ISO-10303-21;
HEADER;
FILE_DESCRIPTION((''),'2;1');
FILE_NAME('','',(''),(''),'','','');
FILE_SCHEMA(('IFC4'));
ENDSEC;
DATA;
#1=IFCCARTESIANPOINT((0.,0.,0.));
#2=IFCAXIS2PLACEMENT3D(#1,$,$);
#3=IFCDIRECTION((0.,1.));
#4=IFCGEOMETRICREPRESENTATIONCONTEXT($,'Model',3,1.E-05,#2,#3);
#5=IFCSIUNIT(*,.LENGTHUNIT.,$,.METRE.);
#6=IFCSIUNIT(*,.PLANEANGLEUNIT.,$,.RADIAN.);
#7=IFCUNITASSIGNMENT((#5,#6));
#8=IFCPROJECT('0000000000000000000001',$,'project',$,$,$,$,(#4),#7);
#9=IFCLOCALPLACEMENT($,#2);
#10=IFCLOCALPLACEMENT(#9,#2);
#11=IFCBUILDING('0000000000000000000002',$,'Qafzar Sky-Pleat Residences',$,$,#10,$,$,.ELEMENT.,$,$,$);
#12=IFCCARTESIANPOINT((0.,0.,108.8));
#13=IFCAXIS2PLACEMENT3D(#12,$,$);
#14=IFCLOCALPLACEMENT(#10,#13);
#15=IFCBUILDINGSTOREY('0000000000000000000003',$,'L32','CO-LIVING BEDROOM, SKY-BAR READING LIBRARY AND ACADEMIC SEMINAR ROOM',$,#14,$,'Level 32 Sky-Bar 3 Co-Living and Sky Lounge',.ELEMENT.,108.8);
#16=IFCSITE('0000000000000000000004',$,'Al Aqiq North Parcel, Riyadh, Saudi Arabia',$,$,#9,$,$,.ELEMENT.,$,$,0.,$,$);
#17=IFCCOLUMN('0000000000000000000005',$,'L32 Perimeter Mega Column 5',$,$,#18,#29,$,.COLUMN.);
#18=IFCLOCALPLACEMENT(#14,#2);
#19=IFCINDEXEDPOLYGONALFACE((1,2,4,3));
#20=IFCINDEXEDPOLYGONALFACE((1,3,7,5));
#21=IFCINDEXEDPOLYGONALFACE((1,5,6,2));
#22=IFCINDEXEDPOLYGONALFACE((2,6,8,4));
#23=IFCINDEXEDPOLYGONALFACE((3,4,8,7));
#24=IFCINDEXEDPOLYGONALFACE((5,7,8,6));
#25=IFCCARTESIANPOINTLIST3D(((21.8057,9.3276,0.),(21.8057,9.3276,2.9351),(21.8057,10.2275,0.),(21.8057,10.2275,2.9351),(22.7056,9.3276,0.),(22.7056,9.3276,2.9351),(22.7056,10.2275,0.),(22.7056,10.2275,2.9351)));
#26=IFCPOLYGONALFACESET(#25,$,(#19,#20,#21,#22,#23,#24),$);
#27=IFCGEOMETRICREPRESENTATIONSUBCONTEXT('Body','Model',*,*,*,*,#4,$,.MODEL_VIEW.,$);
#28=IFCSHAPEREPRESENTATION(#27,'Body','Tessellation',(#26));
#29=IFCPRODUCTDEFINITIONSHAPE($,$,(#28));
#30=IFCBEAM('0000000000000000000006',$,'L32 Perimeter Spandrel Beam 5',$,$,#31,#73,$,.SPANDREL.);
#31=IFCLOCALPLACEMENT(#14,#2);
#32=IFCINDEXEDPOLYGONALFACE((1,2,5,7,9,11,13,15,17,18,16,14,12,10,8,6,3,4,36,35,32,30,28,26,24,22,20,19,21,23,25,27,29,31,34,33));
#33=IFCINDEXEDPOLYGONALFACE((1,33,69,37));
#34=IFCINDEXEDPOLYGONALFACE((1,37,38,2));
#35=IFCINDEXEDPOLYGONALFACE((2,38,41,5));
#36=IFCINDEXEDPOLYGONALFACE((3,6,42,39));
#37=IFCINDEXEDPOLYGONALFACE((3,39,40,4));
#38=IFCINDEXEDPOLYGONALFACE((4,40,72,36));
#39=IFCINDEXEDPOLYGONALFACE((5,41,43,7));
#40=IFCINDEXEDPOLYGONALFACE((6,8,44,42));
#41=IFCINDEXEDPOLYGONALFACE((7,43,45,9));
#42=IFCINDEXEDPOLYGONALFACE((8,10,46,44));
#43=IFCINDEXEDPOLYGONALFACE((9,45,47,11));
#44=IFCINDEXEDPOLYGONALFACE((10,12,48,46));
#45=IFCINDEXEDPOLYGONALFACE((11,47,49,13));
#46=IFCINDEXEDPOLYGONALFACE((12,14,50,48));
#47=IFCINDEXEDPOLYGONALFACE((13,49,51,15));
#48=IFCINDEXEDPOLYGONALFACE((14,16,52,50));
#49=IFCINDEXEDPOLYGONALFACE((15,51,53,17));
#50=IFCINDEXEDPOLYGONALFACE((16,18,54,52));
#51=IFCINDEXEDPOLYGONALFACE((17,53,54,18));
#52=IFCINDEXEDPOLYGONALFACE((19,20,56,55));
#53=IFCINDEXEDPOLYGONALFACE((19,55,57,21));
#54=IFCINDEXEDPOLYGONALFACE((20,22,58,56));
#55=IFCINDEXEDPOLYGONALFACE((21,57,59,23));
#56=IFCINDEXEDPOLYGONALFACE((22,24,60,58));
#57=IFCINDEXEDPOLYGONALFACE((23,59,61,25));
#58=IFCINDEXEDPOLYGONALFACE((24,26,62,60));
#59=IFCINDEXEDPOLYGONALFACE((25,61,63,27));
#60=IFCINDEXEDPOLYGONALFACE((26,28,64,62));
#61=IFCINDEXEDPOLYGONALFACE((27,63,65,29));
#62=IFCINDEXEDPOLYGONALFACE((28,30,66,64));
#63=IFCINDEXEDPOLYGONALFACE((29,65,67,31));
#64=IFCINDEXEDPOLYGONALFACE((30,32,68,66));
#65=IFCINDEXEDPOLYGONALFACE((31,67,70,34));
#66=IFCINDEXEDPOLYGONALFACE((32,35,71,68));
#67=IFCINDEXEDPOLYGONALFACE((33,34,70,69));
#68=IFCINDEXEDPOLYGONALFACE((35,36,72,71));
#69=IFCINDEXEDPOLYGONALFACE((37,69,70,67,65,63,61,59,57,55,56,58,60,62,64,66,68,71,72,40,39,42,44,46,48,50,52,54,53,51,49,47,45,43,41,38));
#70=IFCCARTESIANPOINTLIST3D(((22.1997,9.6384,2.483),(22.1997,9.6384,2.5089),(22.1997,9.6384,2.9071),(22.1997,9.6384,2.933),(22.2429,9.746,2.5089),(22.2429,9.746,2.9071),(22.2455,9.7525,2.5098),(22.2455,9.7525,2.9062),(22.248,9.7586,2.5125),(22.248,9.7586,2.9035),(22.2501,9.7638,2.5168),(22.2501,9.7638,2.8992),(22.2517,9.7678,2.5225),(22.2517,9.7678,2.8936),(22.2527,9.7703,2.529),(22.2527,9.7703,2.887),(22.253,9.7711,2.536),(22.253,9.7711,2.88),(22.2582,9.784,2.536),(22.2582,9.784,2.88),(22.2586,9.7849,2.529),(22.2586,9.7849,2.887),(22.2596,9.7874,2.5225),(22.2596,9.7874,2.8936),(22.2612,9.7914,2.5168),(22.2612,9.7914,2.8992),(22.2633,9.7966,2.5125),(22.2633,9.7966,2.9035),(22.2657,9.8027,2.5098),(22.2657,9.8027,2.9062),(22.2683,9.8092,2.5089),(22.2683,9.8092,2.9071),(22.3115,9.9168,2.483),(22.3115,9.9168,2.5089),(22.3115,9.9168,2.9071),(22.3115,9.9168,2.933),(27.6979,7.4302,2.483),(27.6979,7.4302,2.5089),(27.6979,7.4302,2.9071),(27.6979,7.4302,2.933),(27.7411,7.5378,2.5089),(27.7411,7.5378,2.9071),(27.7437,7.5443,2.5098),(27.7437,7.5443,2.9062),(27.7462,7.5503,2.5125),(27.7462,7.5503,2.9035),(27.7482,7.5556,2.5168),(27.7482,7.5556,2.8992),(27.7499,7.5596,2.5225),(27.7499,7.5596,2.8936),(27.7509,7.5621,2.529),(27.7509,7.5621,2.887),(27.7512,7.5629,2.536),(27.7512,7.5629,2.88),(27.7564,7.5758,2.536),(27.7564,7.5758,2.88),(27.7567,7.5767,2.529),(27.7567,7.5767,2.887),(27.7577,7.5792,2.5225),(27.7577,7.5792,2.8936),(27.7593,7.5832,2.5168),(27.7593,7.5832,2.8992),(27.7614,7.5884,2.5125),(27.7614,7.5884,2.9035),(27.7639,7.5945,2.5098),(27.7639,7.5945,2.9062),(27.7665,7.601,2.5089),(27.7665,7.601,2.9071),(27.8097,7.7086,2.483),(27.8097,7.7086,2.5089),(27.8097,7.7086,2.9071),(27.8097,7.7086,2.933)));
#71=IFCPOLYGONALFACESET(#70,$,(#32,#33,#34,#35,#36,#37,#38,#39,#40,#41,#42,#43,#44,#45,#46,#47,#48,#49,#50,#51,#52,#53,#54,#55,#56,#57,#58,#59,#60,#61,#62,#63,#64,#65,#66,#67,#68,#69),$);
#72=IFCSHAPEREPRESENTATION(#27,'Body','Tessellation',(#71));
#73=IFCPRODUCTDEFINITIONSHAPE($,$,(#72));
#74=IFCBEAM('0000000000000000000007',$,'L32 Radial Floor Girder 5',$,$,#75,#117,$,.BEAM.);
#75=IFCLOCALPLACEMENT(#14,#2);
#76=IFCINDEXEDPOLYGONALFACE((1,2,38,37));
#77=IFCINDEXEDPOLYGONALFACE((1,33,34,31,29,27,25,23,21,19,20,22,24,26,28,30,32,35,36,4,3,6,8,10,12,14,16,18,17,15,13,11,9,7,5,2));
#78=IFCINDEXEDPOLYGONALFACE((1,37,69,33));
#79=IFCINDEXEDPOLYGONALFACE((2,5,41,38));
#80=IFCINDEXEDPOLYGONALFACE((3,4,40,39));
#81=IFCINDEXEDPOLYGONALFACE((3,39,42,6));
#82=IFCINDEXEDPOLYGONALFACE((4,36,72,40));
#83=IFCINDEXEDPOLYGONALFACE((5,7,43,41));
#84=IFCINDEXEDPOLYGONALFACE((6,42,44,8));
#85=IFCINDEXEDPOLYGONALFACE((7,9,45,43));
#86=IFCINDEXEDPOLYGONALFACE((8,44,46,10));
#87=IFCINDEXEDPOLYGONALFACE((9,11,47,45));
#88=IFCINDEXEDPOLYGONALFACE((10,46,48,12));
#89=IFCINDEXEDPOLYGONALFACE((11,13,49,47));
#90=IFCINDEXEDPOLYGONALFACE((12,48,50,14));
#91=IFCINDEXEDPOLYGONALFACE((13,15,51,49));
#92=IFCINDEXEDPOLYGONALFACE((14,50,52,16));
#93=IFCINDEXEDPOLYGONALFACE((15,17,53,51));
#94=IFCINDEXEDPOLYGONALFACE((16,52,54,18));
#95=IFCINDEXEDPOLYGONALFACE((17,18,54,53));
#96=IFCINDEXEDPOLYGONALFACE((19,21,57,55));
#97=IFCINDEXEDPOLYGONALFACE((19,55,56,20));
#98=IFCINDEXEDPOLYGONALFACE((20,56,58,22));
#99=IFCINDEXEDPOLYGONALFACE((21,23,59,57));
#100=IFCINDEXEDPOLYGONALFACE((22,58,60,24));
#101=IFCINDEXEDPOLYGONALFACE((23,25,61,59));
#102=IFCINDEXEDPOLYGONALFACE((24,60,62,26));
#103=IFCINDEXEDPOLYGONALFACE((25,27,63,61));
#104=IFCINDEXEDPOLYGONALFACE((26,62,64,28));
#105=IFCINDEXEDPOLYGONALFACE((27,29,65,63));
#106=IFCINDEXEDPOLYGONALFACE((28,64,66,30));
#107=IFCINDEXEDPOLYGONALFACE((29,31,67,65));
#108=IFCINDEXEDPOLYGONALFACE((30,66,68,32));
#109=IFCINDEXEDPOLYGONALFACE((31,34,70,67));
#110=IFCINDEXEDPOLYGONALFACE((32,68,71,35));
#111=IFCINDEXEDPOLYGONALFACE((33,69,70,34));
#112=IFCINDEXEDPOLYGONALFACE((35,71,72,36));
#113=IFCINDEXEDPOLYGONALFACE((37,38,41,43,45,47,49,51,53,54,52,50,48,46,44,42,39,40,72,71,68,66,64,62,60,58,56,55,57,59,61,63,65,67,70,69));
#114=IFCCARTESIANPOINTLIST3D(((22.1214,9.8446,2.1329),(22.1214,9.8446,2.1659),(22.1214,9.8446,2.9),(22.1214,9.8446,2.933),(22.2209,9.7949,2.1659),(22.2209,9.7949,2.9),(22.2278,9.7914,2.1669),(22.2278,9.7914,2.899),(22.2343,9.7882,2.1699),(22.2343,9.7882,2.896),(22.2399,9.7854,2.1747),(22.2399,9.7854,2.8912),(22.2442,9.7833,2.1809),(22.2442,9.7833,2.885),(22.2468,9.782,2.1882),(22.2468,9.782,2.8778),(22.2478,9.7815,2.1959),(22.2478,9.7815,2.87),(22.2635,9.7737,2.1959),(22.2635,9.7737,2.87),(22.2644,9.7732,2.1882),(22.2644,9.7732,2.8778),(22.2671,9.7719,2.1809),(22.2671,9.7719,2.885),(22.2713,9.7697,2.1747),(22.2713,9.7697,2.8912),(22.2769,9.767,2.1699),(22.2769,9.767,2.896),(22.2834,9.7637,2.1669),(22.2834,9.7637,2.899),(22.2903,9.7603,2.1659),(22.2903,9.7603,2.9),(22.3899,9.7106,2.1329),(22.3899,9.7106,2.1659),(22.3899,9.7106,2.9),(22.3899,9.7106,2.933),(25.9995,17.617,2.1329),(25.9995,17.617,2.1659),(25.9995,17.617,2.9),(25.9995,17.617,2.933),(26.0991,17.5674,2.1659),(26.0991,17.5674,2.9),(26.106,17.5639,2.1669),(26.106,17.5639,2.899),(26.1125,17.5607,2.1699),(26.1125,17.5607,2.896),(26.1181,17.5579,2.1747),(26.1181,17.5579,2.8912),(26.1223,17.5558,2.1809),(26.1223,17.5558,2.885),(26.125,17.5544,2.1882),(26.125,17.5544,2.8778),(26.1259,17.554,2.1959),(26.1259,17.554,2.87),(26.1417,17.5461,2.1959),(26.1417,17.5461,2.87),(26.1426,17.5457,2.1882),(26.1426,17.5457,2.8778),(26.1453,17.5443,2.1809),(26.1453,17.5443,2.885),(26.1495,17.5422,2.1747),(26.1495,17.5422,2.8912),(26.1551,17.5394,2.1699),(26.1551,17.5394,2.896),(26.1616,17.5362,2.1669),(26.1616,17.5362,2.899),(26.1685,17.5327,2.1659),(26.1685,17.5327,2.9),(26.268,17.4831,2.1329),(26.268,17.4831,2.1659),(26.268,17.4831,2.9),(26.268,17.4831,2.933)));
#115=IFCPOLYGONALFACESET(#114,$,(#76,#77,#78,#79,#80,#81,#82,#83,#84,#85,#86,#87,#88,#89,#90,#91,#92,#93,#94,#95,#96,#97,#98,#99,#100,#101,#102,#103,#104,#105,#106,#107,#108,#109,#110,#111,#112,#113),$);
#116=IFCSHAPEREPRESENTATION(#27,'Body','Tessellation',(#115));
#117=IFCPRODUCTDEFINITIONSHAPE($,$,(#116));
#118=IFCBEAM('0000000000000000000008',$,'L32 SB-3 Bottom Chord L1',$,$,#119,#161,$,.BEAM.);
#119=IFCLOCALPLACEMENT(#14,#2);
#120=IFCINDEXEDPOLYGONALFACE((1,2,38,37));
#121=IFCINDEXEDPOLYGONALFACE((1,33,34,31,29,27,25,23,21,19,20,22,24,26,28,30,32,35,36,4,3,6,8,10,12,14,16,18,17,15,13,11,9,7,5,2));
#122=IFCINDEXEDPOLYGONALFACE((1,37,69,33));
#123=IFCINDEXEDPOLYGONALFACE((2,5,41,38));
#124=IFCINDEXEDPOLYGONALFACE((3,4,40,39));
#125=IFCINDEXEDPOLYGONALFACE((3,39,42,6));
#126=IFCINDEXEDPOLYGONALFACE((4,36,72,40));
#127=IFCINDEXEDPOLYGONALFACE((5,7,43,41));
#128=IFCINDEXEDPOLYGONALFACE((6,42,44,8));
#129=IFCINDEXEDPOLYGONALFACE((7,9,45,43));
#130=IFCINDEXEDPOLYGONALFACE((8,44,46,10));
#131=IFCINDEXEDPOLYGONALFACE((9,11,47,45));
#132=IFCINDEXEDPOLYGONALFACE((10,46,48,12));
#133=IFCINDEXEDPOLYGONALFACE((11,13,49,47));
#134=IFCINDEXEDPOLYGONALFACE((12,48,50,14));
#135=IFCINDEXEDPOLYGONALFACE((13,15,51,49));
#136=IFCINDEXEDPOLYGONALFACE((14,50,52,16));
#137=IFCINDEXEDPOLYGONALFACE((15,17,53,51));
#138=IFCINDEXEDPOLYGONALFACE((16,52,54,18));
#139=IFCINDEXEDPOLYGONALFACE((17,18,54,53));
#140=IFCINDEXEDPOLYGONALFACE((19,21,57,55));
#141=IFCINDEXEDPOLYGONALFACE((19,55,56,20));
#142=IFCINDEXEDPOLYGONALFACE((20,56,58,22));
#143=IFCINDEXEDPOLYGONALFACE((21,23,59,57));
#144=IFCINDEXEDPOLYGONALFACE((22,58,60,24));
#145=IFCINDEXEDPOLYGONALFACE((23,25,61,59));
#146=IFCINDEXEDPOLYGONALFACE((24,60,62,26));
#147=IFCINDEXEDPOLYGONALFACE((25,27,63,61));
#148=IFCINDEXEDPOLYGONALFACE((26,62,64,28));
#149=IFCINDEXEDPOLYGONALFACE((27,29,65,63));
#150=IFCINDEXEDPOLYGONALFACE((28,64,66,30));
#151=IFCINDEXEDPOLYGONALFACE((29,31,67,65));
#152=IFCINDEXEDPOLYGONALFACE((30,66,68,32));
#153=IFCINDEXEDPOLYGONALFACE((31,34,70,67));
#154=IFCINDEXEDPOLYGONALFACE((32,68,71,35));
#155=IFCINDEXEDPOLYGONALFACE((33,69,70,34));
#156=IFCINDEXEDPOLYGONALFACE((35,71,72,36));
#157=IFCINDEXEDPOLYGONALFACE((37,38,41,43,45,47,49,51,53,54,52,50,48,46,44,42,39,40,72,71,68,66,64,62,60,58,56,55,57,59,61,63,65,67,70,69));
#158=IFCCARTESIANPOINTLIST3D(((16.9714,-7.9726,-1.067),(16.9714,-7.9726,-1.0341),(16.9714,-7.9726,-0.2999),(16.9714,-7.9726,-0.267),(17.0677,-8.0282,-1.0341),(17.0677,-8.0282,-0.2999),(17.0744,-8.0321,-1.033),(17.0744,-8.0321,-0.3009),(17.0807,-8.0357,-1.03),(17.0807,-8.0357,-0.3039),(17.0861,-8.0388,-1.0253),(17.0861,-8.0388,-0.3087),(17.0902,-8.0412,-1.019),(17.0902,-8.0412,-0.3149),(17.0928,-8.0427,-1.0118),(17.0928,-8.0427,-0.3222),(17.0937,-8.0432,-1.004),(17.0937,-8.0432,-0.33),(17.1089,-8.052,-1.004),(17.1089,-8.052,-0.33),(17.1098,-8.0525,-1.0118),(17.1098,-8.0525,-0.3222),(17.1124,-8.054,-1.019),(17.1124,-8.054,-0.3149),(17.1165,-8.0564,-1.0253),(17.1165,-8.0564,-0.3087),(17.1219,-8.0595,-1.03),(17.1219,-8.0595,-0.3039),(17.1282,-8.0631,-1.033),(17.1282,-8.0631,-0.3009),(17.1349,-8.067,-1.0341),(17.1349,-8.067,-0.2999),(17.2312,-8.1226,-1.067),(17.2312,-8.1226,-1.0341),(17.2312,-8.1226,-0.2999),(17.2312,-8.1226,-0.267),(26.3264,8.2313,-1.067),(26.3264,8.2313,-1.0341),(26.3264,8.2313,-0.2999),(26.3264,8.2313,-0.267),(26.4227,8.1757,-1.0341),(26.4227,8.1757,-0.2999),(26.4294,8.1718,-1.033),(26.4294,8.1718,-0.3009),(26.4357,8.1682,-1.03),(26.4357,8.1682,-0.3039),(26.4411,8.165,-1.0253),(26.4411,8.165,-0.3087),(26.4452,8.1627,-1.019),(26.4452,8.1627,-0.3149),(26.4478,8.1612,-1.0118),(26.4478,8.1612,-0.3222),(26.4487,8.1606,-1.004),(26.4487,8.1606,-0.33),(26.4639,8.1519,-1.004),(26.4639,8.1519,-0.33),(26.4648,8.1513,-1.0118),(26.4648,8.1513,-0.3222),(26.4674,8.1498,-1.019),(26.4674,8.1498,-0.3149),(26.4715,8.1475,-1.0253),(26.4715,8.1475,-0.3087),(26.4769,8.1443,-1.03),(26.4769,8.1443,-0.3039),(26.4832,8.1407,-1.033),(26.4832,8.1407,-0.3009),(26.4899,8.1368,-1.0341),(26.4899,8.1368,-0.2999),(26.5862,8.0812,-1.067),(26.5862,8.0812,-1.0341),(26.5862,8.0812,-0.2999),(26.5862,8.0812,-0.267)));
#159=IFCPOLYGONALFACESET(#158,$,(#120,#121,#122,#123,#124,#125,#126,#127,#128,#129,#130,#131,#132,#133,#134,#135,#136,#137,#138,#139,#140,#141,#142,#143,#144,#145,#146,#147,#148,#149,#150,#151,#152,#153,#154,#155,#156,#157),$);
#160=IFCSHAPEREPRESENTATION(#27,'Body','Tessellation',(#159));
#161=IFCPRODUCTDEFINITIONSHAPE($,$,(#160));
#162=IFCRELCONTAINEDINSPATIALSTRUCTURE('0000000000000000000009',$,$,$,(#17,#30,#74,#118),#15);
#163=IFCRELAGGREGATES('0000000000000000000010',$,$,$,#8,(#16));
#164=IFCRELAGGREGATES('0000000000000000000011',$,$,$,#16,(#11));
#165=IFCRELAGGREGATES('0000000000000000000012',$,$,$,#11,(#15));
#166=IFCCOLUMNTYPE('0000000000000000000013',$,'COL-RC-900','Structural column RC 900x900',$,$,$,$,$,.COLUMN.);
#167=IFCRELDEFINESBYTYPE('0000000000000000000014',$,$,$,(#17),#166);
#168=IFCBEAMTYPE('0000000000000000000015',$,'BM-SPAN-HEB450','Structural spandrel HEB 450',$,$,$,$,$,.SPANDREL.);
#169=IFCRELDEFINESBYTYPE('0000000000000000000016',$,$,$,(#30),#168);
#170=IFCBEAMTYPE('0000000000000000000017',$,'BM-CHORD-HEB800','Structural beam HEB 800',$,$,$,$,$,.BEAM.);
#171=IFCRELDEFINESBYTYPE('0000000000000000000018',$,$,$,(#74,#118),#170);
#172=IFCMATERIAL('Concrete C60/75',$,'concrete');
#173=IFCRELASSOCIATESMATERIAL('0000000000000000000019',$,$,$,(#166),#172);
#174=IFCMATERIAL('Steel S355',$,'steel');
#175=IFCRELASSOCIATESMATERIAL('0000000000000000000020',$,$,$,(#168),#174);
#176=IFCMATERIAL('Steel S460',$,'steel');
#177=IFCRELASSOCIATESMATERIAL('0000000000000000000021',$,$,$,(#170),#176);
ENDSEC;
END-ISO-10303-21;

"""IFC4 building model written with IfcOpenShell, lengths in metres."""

from ifc_helpers import new_model, si_unit, direction, frame, origin, origin_2d, place, context, subcontext, project, spatial, rectangle, i_section, extrude, source, transform, mapped, material, material_profile, profile_set, type_object, element, save


model = new_model("IFC4")

# Units and contexts
model_context = context("Model", 3, precision=1e-05, world=origin(), true_north=direction((0.0, 1.0)))
body_context = subcontext(model_context, "Body", "Model", "MODEL_VIEW")
ifc_project = project(units=[si_unit("LENGTHUNIT", "METRE"), si_unit("PLANEANGLEUNIT", "RADIAN")], contexts=[model_context])

# Site, building, storey
site_placement = place(None, origin())
site = spatial("IfcSite", under=ifc_project, at=site_placement, Name="Al Aqiq North Parcel, Riyadh, Saudi Arabia", CompositionType="ELEMENT", RefElevation=0.0)
building_placement = place(site_placement, origin())
building = spatial("IfcBuilding", under=site, at=building_placement, Name="Qafzar Sky-Pleat Residences", CompositionType="ELEMENT")
storey_placement = place(building_placement, frame((0.0, 0.0, 108.8)))
storey = spatial("IfcBuildingStorey", under=building, at=storey_placement, Name="L32", Description="CO-LIVING BEDROOM, SKY-BAR READING LIBRARY AND ACADEMIC SEMINAR ROOM", LongName="Level 32 Sky-Bar 3 Co-Living and Sky Lounge", CompositionType="ELEMENT", Elevation=108.8)

# Column
ifc_material_1 = material(Name="Concrete C60/75", Category="concrete")
ifc_material_profile_1 = material_profile(ifc_material_1, rectangle(XDim=0.8999, YDim=0.8999, at=origin_2d()), Name="RC 900x900")
ifc_profile_set_1 = profile_set([ifc_material_profile_1], Name="Concrete C60/75")
column_type = type_object("IfcColumnType", Name="COL-RC-900", Description="Structural column RC 900x900", PredefinedType="COLUMN", material=ifc_profile_set_1)
shared_shape_1 = source(origin(), body_context, "Body", "SweptSolid", [
    extrude(rectangle(XDim=0.8999, YDim=0.8999, at=origin_2d()), origin(), (0.0, 0.0, 1.0), 2.9351),
])
column_placement = place(storey_placement, frame((22.2556, 9.7776, 0.0), z_axis=(0.0, 0.0, 1.0), x_axis=(1.0, 0.0, 0.0)))
element("IfcColumn", 1, at=column_placement, inside=storey, type_object=column_type, Name="L32 Perimeter Mega Column 5", PredefinedType="COLUMN", context=body_context, shape_type="MappedRepresentation", body=[
    mapped(shared_shape_1, transform((0.0, 0.0, 0.0), x_axis=(1.0, 0.0, 0.0), y_axis=(0.0, 1.0, 0.0), z_axis=(0.0, 0.0, 1.0), scale=1.0)),
])

# Beams
ifc_material_2 = material(Name="Steel S355", Category="steel")
ifc_material_profile_2 = material_profile(ifc_material_2, i_section(OverallWidth=0.3, OverallDepth=0.45, WebThickness=0.0139, FlangeThickness=0.0259, FilletRadius=0.0271, at=origin_2d()), Name="HEB 450")
ifc_profile_set_2 = profile_set([ifc_material_profile_2], Name="Steel S355")
beam_type_1 = type_object("IfcBeamType", Name="BM-SPAN-HEB450", Description="Structural spandrel HEB 450", PredefinedType="SPANDREL", material=ifc_profile_set_2)
shared_shape_2 = source(origin(), body_context, "Body", "SweptSolid", [
    extrude(i_section(OverallWidth=0.3, OverallDepth=0.45, WebThickness=0.0139, FlangeThickness=0.0259, FilletRadius=0.0271, at=origin_2d()), origin(), (0.0, 0.0, 1.0), 5.925),
])
beam_1_placement = place(storey_placement, frame((22.2556, 9.7776, 2.708), z_axis=(0.927956, -0.37269, 0.0), x_axis=(0.37269, 0.927956, 0.0)))
element("IfcBeam", 2, at=beam_1_placement, inside=storey, type_object=beam_type_1, Name="L32 Perimeter Spandrel Beam 5", PredefinedType="SPANDREL", context=body_context, shape_type="MappedRepresentation", body=[
    mapped(shared_shape_2, transform((0.0, 0.0, 0.0), x_axis=(1.0, 0.0, 0.0), y_axis=(0.0, 1.0, 0.0), z_axis=(0.0, 0.0, 1.0), scale=1.0)),
])
ifc_material_3 = material(Name="Steel S460", Category="steel")
ifc_material_profile_3 = material_profile(ifc_material_3, i_section(OverallWidth=0.3, OverallDepth=0.8, WebThickness=0.0176, FlangeThickness=0.033, FilletRadius=0.03, at=origin_2d()), Name="HEB 800")
ifc_profile_set_3 = profile_set([ifc_material_profile_3], Name="Steel S460")
beam_type_2 = type_object("IfcBeamType", Name="BM-CHORD-HEB800", Description="Structural beam HEB 800", PredefinedType="BEAM", material=ifc_profile_set_3)
shared_shape_3 = source(origin(), body_context, "Body", "SweptSolid", [
    extrude(i_section(OverallWidth=0.3, OverallDepth=0.8, WebThickness=0.0176, FlangeThickness=0.033, FilletRadius=0.03, at=origin_2d()), origin(), (0.0, 0.0, 1.0), 8.6863),
])
beam_2_placement = place(storey_placement, frame((22.2556, 9.7776, 2.533), z_axis=(0.446471, 0.894798, 0.0), x_axis=(-0.894798, 0.446471, 0.0)))
element("IfcBeam", 3, at=beam_2_placement, inside=storey, type_object=beam_type_2, Name="L32 Radial Floor Girder 5", PredefinedType="BEAM", context=body_context, shape_type="MappedRepresentation", body=[
    mapped(shared_shape_3, transform((0.0, 0.0, 0.0), x_axis=(1.0, 0.0, 0.0), y_axis=(0.0, 1.0, 0.0), z_axis=(0.0, 0.0, 1.0), scale=1.0)),
])
shared_shape_4 = source(origin(), body_context, "Body", "SweptSolid", [
    extrude(i_section(OverallWidth=0.3, OverallDepth=0.8, WebThickness=0.0176, FlangeThickness=0.033, FilletRadius=0.03, at=origin_2d()), origin(), (0.0, 0.0, 1.0), 18.7104),
])
beam_3_placement = place(storey_placement, frame((26.4563, 8.1562, -0.667), z_axis=(-0.499987, -0.866033, 0.0), x_axis=(0.866033, -0.499987, 0.0)))
element("IfcBeam", 4, at=beam_3_placement, inside=storey, type_object=beam_type_2, Name="L32 SB-3 Bottom Chord L1", PredefinedType="BEAM", context=body_context, shape_type="MappedRepresentation", body=[
    mapped(shared_shape_4, transform((0.0, 0.0, 0.0), x_axis=(1.0, 0.0, 0.0), y_axis=(0.0, 1.0, 0.0), z_axis=(0.0, 0.0, 1.0), scale=1.0)),
])

save(model, "model.ifc")
